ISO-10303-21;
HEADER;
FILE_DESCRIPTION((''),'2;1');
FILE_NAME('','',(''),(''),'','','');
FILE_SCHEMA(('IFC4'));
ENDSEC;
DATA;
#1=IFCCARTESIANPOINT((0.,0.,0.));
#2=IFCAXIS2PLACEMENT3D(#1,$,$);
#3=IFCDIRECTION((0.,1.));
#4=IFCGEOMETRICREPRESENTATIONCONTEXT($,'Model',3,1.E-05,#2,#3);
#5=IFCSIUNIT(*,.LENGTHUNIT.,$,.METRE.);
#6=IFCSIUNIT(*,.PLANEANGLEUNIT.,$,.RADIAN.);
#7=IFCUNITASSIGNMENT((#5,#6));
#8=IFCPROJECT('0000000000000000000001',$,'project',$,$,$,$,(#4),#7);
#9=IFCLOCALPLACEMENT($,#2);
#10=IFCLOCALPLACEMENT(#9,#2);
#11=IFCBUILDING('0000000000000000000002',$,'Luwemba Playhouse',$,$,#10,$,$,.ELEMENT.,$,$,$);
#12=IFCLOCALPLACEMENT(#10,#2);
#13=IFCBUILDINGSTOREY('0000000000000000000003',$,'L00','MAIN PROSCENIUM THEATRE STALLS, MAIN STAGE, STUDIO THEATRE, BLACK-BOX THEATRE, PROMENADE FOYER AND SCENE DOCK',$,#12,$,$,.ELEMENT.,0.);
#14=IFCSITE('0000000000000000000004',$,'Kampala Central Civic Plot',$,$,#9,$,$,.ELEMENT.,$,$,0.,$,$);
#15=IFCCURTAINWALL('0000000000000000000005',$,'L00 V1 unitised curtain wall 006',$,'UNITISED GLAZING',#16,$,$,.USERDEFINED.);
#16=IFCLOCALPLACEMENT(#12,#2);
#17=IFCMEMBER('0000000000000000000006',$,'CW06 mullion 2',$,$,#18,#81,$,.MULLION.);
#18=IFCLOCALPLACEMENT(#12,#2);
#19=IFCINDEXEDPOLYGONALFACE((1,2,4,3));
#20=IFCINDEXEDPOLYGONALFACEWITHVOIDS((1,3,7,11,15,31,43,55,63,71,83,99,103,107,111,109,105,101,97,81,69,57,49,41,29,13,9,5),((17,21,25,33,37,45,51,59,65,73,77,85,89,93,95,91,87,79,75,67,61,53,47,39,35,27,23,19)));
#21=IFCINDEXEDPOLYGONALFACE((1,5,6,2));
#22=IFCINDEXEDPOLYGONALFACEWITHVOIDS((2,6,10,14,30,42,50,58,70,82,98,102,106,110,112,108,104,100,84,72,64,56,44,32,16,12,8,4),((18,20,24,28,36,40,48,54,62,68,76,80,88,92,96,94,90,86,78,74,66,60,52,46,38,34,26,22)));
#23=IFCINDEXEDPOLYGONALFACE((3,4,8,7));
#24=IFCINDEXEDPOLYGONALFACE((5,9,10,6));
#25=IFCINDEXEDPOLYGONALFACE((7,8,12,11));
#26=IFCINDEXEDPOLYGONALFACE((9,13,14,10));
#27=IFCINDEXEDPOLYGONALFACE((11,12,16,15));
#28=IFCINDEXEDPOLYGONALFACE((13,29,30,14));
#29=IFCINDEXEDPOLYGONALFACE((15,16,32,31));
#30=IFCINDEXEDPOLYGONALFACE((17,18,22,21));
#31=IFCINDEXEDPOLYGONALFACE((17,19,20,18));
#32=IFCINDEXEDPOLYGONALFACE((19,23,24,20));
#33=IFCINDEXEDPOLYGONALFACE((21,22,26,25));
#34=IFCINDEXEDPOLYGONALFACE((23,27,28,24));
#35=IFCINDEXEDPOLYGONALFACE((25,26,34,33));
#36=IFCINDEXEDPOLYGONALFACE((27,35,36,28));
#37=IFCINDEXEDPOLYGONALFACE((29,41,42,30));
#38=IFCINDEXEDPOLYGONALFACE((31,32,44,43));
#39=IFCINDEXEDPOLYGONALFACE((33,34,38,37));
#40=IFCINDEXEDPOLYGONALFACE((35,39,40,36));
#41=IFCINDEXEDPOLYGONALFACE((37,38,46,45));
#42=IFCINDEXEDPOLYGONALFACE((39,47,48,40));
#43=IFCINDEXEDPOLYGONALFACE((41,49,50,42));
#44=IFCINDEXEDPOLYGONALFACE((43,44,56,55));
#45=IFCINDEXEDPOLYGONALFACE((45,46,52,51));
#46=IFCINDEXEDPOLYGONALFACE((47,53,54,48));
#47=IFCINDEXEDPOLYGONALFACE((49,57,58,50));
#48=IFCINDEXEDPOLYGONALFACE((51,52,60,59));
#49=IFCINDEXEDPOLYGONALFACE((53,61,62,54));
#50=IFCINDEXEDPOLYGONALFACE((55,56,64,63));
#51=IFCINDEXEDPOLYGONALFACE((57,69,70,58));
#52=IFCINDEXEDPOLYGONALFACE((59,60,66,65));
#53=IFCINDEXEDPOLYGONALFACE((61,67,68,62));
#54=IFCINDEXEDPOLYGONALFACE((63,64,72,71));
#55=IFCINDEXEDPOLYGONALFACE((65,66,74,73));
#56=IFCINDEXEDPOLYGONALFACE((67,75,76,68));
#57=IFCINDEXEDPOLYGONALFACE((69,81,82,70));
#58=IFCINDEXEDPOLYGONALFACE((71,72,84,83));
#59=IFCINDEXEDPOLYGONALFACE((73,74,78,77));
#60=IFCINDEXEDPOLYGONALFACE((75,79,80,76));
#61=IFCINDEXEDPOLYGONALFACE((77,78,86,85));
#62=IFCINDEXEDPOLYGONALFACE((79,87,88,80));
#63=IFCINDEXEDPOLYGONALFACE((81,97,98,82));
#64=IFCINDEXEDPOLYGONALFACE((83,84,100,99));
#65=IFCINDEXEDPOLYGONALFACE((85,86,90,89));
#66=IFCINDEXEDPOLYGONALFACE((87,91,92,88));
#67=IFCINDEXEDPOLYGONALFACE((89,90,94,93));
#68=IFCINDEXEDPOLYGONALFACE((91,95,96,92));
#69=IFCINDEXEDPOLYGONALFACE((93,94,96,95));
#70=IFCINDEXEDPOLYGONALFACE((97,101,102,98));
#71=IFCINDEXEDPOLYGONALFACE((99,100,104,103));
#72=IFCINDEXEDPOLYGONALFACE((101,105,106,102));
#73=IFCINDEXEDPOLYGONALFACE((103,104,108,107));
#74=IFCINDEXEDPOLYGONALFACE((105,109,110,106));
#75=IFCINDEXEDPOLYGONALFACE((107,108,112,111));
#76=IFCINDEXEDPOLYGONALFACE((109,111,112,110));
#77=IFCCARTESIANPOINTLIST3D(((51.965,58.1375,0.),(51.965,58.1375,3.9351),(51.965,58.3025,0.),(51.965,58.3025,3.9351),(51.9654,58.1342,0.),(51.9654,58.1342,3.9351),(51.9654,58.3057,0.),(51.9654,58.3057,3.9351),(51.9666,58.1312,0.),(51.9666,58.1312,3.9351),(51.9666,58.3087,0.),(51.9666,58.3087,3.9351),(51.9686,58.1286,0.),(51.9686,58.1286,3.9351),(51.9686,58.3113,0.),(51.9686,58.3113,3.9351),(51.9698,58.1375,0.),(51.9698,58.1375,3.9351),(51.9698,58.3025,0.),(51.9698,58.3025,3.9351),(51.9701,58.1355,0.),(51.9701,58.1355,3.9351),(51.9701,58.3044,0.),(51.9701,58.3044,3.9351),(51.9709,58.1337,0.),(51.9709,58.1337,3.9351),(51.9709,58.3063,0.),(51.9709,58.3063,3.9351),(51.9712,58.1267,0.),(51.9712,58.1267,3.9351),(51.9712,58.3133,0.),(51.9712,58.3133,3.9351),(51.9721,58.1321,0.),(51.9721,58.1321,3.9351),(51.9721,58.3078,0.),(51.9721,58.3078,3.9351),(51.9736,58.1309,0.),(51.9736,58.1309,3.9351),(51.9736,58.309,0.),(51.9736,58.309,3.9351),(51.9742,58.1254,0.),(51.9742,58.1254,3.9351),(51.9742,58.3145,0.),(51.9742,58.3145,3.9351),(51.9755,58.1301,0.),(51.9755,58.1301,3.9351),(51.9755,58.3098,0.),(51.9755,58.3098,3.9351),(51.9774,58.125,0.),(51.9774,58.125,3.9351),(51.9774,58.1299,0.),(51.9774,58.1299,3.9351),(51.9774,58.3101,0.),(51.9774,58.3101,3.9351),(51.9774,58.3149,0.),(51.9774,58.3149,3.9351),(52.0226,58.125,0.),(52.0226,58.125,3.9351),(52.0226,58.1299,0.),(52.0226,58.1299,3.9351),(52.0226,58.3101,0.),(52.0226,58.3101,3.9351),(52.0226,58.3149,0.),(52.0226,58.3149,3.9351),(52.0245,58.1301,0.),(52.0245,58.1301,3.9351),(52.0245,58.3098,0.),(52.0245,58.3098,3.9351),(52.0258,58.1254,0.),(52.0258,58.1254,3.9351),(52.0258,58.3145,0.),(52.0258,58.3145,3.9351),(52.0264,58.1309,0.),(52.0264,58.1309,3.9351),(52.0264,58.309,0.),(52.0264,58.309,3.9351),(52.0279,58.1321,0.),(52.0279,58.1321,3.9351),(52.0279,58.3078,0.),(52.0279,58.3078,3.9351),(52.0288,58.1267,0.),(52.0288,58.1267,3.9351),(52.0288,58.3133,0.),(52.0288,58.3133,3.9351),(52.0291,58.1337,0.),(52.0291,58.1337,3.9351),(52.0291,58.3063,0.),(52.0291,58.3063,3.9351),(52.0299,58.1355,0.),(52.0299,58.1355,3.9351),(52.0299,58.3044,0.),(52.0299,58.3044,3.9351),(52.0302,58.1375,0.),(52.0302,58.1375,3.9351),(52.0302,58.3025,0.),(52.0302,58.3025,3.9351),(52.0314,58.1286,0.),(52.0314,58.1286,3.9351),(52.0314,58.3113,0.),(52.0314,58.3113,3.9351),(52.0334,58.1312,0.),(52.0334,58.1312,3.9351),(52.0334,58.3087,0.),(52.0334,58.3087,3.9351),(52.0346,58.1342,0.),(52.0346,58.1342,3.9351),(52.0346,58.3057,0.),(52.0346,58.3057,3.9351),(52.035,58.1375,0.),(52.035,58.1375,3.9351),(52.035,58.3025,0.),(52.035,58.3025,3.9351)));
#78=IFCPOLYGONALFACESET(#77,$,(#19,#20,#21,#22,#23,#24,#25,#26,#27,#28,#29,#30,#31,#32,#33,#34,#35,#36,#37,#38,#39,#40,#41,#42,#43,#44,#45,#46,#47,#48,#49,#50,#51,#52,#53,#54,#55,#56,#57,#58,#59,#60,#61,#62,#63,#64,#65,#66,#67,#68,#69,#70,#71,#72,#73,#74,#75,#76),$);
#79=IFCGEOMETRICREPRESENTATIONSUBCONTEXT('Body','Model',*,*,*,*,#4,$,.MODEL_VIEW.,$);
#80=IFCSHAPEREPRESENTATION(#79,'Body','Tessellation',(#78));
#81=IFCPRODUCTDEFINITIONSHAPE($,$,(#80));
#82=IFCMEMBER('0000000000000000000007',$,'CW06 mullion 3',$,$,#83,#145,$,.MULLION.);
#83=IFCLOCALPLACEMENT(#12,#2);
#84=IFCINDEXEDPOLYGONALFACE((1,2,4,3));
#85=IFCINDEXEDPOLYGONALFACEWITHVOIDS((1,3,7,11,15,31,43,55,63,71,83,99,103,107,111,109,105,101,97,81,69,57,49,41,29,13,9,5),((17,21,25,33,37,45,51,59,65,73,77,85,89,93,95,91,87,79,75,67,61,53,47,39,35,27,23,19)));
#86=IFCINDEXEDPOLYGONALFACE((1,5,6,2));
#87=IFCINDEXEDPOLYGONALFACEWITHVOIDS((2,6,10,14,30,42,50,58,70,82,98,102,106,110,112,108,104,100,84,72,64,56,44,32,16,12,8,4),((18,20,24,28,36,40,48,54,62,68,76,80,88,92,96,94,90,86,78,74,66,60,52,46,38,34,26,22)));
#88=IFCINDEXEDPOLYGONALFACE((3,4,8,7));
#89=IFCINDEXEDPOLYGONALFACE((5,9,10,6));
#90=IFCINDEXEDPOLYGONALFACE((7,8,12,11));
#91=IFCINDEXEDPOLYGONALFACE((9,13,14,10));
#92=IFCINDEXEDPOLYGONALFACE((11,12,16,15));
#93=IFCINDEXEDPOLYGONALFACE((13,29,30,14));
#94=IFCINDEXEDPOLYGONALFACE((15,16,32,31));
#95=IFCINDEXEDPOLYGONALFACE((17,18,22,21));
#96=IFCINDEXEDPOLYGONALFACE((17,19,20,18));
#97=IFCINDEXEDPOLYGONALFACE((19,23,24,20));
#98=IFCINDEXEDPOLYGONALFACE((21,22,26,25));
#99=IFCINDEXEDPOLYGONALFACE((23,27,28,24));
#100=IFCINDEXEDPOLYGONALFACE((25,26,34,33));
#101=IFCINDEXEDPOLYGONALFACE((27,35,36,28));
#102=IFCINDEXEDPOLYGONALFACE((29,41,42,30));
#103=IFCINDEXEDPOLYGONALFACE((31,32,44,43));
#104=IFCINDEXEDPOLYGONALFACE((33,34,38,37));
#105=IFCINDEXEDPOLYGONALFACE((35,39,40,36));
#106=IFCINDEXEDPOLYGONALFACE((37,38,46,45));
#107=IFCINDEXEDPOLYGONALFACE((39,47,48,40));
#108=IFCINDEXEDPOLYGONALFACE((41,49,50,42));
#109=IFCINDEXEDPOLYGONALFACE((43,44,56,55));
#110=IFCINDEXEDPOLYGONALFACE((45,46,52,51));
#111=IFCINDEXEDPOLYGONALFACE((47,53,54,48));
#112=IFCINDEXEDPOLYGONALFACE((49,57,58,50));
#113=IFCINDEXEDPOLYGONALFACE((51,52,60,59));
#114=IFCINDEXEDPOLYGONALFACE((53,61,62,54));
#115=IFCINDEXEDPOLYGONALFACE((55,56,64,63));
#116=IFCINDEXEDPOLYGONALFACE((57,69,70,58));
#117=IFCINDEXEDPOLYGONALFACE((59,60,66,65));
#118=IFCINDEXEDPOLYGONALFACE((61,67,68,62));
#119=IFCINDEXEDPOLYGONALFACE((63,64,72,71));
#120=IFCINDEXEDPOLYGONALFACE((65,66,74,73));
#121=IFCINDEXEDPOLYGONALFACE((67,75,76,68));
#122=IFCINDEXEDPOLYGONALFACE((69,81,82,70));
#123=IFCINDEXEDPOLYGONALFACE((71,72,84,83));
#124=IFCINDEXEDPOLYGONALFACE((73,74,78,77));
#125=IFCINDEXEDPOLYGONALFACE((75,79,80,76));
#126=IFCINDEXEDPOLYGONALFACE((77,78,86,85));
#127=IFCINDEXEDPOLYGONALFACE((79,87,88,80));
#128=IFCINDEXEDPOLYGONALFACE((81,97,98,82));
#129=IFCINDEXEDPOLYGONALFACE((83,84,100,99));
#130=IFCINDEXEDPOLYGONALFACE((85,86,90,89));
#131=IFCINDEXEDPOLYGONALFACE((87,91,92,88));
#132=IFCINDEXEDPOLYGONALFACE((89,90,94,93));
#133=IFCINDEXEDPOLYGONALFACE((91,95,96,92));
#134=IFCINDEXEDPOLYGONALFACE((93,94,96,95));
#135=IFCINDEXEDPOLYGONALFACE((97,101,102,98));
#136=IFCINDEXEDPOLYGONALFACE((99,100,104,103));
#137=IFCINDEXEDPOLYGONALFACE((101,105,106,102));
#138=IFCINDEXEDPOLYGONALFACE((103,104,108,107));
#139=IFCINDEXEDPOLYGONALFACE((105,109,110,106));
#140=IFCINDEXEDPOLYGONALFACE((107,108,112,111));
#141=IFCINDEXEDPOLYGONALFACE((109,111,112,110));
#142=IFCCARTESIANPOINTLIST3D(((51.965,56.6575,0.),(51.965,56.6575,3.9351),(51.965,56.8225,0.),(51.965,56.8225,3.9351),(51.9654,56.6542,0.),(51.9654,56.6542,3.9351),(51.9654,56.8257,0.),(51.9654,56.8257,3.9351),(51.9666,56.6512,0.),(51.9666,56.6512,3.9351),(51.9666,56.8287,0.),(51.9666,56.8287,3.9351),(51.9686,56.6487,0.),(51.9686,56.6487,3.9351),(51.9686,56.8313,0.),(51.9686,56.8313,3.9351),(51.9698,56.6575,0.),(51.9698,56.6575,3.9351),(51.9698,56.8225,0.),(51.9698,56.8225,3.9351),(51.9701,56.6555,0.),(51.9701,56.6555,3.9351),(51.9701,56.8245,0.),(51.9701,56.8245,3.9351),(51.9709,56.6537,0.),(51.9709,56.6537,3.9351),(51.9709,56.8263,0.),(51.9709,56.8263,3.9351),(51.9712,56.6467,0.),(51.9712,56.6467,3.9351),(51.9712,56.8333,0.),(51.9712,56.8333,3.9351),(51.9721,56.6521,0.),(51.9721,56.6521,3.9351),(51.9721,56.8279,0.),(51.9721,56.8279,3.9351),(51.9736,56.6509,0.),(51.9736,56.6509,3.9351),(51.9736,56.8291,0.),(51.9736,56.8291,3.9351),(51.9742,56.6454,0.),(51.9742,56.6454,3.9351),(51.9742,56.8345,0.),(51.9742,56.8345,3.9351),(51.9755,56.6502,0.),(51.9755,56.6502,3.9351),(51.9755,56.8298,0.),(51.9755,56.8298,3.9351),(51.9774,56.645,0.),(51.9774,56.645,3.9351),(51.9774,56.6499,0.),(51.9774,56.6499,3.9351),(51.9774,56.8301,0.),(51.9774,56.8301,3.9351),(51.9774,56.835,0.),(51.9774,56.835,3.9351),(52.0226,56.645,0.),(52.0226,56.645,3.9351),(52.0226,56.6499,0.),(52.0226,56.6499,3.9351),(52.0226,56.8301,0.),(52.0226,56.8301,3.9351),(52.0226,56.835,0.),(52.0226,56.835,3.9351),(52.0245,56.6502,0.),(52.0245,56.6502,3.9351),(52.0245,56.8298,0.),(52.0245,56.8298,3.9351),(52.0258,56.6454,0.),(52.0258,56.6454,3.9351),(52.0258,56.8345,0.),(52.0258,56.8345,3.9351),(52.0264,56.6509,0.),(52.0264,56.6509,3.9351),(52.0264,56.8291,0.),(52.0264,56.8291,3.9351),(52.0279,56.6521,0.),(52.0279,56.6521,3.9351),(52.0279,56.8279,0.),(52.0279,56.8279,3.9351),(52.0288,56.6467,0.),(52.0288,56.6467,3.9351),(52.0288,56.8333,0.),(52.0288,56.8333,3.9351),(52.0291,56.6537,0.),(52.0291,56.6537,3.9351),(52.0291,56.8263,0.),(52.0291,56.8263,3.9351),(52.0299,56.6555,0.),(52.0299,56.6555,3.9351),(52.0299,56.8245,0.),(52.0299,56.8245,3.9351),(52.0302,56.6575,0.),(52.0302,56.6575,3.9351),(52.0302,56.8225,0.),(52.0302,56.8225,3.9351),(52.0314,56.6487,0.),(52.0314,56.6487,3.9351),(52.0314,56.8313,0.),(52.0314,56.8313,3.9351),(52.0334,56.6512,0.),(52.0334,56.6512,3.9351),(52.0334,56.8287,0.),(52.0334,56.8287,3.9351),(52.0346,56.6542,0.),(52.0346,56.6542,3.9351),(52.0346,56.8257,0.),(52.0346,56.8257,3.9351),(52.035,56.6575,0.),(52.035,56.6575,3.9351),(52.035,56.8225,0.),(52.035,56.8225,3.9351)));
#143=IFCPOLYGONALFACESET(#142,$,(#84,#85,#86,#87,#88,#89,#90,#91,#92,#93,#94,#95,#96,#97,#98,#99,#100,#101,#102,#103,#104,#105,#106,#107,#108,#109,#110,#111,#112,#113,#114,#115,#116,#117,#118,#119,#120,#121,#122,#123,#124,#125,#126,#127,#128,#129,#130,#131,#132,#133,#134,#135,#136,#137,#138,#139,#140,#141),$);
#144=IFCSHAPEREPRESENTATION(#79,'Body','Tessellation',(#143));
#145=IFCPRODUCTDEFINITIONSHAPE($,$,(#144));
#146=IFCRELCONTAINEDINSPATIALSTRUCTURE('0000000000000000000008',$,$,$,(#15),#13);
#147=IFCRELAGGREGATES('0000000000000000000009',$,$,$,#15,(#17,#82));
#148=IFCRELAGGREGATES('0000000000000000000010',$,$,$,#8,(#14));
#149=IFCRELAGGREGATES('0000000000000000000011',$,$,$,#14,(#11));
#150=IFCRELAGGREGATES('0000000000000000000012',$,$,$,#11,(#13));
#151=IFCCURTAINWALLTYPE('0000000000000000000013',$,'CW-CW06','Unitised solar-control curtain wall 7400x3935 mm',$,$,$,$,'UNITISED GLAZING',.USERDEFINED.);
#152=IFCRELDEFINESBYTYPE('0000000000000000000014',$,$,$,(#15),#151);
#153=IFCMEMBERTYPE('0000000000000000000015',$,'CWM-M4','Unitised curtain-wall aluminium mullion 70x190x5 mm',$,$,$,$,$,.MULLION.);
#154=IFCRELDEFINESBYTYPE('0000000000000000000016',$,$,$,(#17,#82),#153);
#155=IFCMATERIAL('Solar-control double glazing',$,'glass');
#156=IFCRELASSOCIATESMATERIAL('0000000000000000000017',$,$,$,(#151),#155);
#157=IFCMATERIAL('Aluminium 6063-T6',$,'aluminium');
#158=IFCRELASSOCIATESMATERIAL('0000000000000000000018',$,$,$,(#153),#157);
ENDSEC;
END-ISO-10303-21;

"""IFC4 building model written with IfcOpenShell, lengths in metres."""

from ifc_helpers import new_model, si_unit, direction, frame, origin, origin_2d, place, context, subcontext, project, spatial, hollow_rectangle, extrude, material, material_profile, profile_set, type_object, element, aggregate, save


model = new_model("IFC4")

# Units and contexts
model_context = context("Model", 3, precision=1e-05, world=origin(), true_north=direction((0.0, 1.0)))
body_context = subcontext(model_context, "Body", "Model", "MODEL_VIEW")
ifc_project = project(units=[si_unit("LENGTHUNIT", "METRE"), si_unit("PLANEANGLEUNIT", "RADIAN")], contexts=[model_context])

# Site, building, storey
site_placement = place(None, origin())
site = spatial("IfcSite", under=ifc_project, at=site_placement, Name="Kampala Central Civic Plot", CompositionType="ELEMENT", RefElevation=0.0)
building_placement = place(site_placement, origin())
building = spatial("IfcBuilding", under=site, at=building_placement, Name="Luwemba Playhouse", CompositionType="ELEMENT")
storey_placement = place(building_placement, origin())
storey = spatial("IfcBuildingStorey", under=building, at=storey_placement, Name="L00", Description="MAIN PROSCENIUM THEATRE STALLS, MAIN STAGE, STUDIO THEATRE, BLACK-BOX THEATRE, PROMENADE FOYER AND SCENE DOCK", CompositionType="ELEMENT", Elevation=0.0)

# Curtain wall, members
ifc_material_1 = material(Name="Solar-control double glazing", Category="glass")
curtain_wall_type = type_object("IfcCurtainWallType", Name="CW-CW06", Description="Unitised solar-control curtain wall 7400x3935 mm", ElementType="UNITISED GLAZING", PredefinedType="USERDEFINED", material=ifc_material_1)
curtain_wall_placement = place(storey_placement, origin())
curtain_wall = element("IfcCurtainWall", 1, at=curtain_wall_placement, inside=storey, type_object=curtain_wall_type, Name="L00 V1 unitised curtain wall 006", ObjectType="UNITISED GLAZING", PredefinedType="USERDEFINED")
ifc_material_2 = material(Name="Aluminium 6063-T6", Category="aluminium")
ifc_material_profile_1 = material_profile(ifc_material_2, hollow_rectangle(XDim=0.0701, YDim=0.1899, WallThickness=0.0049, InnerFilletRadius=0.0076, OuterFilletRadius=0.0125, at=origin_2d()))
ifc_profile_set_1 = profile_set([ifc_material_profile_1], Name="Aluminium 6063-T6")
member_type_1 = type_object("IfcMemberType", Name="CWM-M4", Description="Unitised curtain-wall aluminium mullion 70x190x5 mm", PredefinedType="MULLION", material=ifc_profile_set_1)
member_1_placement = place(storey_placement, frame((52.0, 58.22, 0.0), z_axis=(0.0, 0.0, 1.0), x_axis=(1.0, 0.0, 0.0)))
member_1 = element("IfcMember", 2, at=member_1_placement, type_object=member_type_1, Name="CW06 mullion 2", PredefinedType="MULLION", context=body_context, shape_type="SweptSolid", body=[
    extrude(hollow_rectangle(XDim=0.0701, YDim=0.1899, WallThickness=0.0049, InnerFilletRadius=0.0076, OuterFilletRadius=0.0125, at=origin_2d()), origin(), (0.0, 0.0, 1.0), 3.9351),
])
member_2_placement = place(storey_placement, frame((52.0, 56.74, 0.0), z_axis=(0.0, 0.0, 1.0), x_axis=(1.0, 0.0, 0.0)))
member_2 = element("IfcMember", 3, at=member_2_placement, type_object=member_type_1, Name="CW06 mullion 3", PredefinedType="MULLION", context=body_context, shape_type="SweptSolid", body=[
    extrude(hollow_rectangle(XDim=0.0701, YDim=0.1899, WallThickness=0.0049, InnerFilletRadius=0.0076, OuterFilletRadius=0.0125, at=origin_2d()), origin(), (0.0, 0.0, 1.0), 3.9351),
])
aggregate(curtain_wall, [member_1, member_2])

save(model, "model.ifc")
